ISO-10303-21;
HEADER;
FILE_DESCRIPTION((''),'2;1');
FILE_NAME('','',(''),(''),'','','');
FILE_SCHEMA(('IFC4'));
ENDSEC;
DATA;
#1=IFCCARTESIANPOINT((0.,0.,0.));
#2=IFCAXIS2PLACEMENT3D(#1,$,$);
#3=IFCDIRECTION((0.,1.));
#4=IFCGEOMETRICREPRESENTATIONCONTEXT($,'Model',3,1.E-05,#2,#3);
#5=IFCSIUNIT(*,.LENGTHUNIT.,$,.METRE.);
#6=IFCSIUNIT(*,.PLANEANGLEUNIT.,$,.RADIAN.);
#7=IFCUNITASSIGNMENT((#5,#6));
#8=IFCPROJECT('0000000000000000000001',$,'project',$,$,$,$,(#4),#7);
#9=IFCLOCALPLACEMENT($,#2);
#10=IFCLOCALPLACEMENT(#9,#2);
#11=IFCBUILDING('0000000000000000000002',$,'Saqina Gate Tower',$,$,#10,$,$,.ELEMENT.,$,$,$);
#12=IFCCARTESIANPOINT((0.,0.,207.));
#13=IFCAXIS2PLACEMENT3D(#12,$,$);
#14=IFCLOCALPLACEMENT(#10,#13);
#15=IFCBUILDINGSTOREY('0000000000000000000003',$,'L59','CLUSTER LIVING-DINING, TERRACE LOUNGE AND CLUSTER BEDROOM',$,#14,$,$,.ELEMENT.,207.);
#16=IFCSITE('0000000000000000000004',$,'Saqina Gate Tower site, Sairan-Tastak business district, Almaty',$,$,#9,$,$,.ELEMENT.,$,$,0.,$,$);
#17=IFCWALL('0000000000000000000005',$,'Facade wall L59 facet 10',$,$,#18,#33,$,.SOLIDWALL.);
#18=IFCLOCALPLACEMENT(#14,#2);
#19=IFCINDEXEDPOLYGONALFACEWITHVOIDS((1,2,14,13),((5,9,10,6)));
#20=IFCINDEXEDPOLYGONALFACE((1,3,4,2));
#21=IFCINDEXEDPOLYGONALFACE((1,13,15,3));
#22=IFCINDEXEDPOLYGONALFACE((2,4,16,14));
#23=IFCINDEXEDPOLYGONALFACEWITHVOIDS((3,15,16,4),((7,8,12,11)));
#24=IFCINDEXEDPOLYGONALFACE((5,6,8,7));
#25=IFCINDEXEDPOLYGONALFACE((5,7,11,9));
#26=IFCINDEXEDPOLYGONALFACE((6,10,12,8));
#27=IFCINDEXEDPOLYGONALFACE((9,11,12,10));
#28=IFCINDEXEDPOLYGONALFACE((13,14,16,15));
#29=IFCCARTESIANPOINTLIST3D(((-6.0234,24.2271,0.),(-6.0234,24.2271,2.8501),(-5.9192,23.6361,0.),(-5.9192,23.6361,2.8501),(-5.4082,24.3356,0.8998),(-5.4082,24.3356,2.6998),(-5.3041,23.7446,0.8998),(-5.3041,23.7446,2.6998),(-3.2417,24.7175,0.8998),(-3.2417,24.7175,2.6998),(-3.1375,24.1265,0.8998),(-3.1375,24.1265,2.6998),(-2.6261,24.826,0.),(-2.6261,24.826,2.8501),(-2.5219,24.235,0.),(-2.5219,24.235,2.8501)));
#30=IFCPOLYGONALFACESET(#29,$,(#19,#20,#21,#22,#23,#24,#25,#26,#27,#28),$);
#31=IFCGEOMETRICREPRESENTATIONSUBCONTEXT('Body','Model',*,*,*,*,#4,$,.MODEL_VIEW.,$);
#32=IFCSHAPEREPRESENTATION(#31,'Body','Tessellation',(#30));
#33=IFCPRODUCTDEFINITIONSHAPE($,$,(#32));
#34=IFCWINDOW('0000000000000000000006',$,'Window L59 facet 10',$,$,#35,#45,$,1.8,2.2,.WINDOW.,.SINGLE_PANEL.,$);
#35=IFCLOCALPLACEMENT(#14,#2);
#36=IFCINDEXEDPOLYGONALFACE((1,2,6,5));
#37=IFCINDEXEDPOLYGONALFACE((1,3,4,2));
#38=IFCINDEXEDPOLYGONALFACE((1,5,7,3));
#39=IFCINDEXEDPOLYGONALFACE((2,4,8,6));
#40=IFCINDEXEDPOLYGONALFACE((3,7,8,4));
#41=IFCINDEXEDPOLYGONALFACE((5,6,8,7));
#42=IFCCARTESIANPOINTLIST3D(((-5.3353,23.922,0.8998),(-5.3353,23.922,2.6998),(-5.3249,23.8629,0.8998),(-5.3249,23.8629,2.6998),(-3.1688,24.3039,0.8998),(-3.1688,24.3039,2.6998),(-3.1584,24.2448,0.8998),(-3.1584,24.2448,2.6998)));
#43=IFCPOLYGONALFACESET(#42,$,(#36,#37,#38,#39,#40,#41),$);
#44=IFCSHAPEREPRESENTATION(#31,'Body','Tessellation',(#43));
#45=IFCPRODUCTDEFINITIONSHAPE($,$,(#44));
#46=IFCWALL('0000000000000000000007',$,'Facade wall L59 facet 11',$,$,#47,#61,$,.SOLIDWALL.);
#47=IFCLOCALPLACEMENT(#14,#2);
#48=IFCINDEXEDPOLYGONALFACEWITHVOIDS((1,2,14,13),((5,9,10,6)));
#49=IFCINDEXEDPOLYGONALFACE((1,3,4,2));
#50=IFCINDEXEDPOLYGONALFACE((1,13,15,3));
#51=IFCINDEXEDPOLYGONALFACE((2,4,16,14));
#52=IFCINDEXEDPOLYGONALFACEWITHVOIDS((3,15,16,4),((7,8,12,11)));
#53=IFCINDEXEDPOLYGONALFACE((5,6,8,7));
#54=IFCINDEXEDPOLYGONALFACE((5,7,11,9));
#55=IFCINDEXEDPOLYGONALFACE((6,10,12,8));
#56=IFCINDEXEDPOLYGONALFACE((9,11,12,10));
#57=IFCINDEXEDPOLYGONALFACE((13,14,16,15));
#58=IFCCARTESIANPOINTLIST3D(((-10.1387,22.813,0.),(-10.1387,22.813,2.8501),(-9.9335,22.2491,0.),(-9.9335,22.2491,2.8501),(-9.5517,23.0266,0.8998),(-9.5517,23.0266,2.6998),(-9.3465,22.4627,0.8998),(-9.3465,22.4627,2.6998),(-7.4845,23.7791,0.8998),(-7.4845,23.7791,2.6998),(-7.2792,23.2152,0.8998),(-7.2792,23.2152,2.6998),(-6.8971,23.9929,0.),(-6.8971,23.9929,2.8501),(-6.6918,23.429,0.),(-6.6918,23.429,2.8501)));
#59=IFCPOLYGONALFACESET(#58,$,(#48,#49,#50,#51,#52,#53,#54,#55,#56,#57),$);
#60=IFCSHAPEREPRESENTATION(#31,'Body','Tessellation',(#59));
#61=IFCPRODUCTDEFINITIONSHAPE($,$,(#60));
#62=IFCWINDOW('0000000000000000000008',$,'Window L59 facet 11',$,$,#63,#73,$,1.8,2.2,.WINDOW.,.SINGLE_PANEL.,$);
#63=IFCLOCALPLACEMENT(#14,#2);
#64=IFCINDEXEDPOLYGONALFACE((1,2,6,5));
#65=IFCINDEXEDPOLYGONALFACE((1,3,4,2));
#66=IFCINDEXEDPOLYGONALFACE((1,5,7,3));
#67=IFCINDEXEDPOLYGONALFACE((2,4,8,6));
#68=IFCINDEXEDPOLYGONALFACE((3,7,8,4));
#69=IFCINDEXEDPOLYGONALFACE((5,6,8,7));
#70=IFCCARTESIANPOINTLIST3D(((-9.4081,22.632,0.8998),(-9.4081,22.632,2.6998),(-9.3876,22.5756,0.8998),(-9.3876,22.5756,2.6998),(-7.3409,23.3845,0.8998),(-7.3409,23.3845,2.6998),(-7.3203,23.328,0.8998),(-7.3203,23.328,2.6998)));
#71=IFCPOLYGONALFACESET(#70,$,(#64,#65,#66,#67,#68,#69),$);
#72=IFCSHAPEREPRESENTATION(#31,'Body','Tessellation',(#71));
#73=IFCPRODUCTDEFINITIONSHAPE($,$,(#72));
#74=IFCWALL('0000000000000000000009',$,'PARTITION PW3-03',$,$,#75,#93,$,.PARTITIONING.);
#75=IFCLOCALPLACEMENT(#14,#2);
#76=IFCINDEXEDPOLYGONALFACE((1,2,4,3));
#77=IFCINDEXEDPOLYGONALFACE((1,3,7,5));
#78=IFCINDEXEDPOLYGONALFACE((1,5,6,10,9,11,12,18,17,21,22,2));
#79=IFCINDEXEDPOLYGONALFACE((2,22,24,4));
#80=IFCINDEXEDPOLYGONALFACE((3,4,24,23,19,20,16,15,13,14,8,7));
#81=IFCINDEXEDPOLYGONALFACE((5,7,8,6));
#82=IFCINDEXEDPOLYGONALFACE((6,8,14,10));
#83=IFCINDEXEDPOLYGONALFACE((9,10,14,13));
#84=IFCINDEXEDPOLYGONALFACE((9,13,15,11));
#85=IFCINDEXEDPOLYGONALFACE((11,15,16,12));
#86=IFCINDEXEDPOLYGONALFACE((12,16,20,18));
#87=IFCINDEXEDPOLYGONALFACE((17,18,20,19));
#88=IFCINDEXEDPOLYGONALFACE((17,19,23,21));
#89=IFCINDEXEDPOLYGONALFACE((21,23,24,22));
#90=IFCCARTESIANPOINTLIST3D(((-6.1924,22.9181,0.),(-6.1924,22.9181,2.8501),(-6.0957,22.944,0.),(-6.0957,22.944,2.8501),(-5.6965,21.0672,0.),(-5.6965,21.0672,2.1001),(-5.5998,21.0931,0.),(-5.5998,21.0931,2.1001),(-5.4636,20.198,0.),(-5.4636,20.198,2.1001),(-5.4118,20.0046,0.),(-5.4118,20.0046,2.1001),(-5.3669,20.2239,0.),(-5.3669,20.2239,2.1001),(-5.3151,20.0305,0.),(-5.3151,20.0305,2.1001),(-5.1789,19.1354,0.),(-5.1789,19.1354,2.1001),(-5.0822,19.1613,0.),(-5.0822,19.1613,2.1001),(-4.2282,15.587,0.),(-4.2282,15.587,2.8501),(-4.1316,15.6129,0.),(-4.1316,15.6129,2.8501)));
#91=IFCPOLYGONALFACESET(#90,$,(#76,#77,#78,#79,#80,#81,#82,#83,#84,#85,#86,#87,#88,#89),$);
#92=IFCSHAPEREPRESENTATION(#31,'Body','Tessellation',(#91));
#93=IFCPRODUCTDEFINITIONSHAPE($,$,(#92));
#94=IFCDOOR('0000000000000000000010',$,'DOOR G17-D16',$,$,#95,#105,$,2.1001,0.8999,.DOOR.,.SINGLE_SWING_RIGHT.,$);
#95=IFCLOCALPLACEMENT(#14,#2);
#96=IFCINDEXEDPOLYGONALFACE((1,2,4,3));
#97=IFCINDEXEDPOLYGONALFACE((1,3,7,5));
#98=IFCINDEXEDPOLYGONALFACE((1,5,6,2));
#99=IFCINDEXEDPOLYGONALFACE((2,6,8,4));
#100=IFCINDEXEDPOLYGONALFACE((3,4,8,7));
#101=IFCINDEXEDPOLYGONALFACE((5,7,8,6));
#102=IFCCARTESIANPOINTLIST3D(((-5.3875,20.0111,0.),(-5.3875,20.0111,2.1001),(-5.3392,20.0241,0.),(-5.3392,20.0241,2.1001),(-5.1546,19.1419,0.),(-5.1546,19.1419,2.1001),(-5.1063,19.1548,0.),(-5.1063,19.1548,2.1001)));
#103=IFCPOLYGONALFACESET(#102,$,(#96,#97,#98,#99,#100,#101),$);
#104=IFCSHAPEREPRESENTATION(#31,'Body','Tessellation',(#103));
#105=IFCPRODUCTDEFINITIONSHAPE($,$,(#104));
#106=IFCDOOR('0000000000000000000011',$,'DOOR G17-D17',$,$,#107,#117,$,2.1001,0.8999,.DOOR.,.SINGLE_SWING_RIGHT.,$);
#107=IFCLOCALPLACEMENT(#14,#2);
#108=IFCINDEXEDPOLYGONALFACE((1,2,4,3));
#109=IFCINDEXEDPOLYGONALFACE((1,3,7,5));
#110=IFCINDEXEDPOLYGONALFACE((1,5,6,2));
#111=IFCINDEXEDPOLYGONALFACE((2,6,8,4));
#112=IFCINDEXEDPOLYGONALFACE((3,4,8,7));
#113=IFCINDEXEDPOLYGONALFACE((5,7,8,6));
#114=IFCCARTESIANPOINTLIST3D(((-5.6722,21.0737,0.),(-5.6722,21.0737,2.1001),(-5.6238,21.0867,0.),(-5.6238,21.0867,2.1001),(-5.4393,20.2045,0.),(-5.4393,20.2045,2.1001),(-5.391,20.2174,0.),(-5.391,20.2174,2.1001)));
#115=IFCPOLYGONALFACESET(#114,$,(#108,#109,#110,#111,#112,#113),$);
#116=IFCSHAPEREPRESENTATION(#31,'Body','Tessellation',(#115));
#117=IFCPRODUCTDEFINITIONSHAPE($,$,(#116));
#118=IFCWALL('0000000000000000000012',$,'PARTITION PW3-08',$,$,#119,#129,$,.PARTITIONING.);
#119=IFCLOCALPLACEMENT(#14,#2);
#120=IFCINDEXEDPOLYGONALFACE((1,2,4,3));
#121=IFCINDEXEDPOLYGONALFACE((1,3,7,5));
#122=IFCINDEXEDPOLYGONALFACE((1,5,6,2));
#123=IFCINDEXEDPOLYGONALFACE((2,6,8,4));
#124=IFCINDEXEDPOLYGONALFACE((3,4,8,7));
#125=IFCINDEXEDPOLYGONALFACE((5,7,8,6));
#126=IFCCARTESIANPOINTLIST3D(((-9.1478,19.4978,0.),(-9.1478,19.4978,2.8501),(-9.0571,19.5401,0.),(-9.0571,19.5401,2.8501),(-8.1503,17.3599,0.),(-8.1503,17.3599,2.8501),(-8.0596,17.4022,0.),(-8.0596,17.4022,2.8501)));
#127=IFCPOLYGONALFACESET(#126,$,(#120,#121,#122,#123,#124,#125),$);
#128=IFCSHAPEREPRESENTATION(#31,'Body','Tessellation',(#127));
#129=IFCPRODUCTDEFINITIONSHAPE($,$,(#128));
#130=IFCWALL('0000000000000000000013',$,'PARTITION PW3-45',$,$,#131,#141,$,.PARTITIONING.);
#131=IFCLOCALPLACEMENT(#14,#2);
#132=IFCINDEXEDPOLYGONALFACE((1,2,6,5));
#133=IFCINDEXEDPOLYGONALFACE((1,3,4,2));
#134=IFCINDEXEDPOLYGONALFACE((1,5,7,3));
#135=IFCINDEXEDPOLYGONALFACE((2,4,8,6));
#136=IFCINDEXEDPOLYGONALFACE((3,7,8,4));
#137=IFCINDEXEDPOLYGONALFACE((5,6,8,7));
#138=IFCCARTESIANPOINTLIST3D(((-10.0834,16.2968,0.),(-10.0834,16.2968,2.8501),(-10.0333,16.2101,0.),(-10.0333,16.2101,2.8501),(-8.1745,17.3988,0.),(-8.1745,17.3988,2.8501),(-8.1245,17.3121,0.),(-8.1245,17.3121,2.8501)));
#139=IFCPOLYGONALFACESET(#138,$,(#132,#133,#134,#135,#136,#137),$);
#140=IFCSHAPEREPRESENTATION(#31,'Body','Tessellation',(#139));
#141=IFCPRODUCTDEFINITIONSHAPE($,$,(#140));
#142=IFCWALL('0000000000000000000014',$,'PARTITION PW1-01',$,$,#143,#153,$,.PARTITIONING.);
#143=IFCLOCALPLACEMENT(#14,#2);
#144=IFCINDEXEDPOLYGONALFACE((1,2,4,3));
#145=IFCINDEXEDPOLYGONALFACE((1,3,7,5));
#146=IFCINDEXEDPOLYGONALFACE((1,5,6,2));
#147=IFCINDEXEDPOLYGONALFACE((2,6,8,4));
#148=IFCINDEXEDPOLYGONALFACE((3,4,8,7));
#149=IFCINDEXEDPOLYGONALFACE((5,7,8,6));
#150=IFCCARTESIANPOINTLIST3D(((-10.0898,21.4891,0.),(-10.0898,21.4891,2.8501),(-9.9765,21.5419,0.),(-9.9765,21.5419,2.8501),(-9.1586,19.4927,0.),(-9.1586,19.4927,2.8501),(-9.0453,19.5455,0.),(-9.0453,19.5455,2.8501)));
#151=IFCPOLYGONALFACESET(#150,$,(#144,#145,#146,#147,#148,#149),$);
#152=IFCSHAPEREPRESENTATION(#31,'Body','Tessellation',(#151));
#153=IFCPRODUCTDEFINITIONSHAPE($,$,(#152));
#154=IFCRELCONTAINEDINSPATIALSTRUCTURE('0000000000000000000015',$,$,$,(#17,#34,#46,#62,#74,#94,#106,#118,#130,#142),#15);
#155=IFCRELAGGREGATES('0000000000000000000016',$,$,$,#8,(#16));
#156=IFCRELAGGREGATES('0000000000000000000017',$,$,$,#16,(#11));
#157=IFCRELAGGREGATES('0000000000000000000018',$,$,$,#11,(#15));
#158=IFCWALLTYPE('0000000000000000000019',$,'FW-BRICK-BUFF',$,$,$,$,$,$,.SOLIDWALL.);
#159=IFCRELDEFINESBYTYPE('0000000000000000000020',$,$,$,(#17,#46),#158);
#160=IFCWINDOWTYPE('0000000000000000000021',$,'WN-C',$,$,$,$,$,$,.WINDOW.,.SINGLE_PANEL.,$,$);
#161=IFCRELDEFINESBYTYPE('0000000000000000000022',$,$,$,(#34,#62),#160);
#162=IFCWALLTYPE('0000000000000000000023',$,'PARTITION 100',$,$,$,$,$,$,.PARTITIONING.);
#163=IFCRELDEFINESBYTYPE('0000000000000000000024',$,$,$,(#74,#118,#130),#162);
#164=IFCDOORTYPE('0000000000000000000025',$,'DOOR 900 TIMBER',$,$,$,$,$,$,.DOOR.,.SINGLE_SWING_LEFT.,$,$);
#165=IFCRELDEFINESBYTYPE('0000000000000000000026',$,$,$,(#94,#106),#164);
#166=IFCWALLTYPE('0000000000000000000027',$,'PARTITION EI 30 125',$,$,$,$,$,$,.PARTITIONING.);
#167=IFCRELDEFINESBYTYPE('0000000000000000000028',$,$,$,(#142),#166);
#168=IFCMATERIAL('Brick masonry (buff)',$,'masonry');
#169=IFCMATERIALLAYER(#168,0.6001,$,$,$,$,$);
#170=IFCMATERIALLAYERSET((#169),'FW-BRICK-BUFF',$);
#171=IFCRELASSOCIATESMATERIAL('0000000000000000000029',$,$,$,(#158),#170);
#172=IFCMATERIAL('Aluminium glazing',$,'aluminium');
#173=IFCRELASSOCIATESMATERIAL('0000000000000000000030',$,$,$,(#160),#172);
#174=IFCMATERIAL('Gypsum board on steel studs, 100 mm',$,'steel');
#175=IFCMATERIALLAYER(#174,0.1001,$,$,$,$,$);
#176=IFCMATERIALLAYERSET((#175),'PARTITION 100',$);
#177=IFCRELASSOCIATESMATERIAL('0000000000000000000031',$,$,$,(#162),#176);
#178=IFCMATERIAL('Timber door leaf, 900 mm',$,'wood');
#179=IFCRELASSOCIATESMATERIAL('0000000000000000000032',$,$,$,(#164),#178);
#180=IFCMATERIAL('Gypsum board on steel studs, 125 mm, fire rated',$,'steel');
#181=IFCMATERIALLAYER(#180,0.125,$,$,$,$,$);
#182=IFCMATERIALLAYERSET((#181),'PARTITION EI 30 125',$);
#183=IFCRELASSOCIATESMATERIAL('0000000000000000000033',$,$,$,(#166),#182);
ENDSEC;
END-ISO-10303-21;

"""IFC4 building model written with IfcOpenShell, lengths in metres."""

from ifc_helpers import new_model, si_unit, direction, frame, frame_2d, origin, place, context, subcontext, project, spatial, rectangle, extrude, material, layer, layer_set, type_object, element, fill, save


model = new_model("IFC4")

# Units and contexts
model_context = context("Model", 3, precision=1e-05, world=origin(), true_north=direction((0.0, 1.0)))
body_context = subcontext(model_context, "Body", "Model", "MODEL_VIEW")
ifc_project = project(units=[si_unit("LENGTHUNIT", "METRE"), si_unit("PLANEANGLEUNIT", "RADIAN")], contexts=[model_context])

# Site, building, storey
site_placement = place(None, origin())
site = spatial("IfcSite", under=ifc_project, at=site_placement, Name="Saqina Gate Tower site, Sairan-Tastak business district, Almaty", CompositionType="ELEMENT", RefElevation=0.0)
building_placement = place(site_placement, origin())
building = spatial("IfcBuilding", under=site, at=building_placement, Name="Saqina Gate Tower", CompositionType="ELEMENT")
storey_placement = place(building_placement, frame((0.0, 0.0, 207.0)))
storey = spatial("IfcBuildingStorey", under=building, at=storey_placement, Name="L59", Description="CLUSTER LIVING-DINING, TERRACE LOUNGE AND CLUSTER BEDROOM", CompositionType="ELEMENT", Elevation=207.0)

# Walls, openings, windows
ifc_material_1 = material(Name="Brick masonry (buff)", Category="masonry")
ifc_layer_1 = layer(ifc_material_1, 0.6001)
ifc_layer_set_1 = layer_set([ifc_layer_1], Name="FW-BRICK-BUFF")
wall_type_1 = type_object("IfcWallType", Name="FW-BRICK-BUFF", PredefinedType="SOLIDWALL", material=ifc_layer_set_1)
wall_1_placement = place(storey_placement, frame((-2.574, 24.5305, 0.0), z_axis=(0.0, 0.0, 1.0), x_axis=(-0.984815, -0.173608, 0.0)))
wall_1 = element("IfcWall", 1, at=wall_1_placement, inside=storey, type_object=wall_type_1, Name="Facade wall L59 facet 10", PredefinedType="SOLIDWALL", context=body_context, shape_type="SweptSolid", body=[
    extrude(rectangle(XDim=3.4497, YDim=0.6001, at=frame_2d((1.7249, 0.0))), origin(), (0.0, 0.0, 1.0), 2.8501),
])
opening_1_placement = place(wall_1_placement, frame((0.625, 0.0, 0.8999)))
opening_1 = element("IfcOpeningElement", 2, at=opening_1_placement, cuts=wall_1, PredefinedType="OPENING", context=body_context, shape_type="SweptSolid", body=[
    extrude(rectangle(XDim=2.2, YDim=1.8, at=frame_2d((1.1001, 0.8999))), frame((0.0, 0.312, 0.0), z_axis=(0.0, -1.0, 0.0), x_axis=(1.0, 0.0, 0.0)), (0.0, 0.0, 1.0), 0.624),
])
ifc_material_2 = material(Name="Aluminium glazing", Category="aluminium")
window_type = type_object("IfcWindowType", Name="WN-C", PartitioningType="SINGLE_PANEL", PredefinedType="WINDOW", material=ifc_material_2)
window_1_placement = place(opening_1_placement, origin())
window_1 = element("IfcWindow", 3, at=window_1_placement, inside=storey, type_object=window_type, Name="Window L59 facet 10", OverallHeight=1.8, OverallWidth=2.2, PartitioningType="SINGLE_PANEL", PredefinedType="WINDOW", context=body_context, shape_type="SweptSolid", body=[
    extrude(rectangle(XDim=2.2, YDim=1.8, at=frame_2d((1.1001, 0.8999))), frame((0.0, 0.1799, 0.0), z_axis=(0.0, -1.0, 0.0), x_axis=(1.0, 0.0, 0.0)), (0.0, 0.0, 1.0), 0.0601),
])
fill(opening_1, window_1)
wall_2_placement = place(storey_placement, frame((-6.7944, 23.7109, 0.0), z_axis=(0.0, 0.0, 1.0), x_axis=(-0.939688, -0.342033, 0.0)))
wall_2 = element("IfcWall", 4, at=wall_2_placement, inside=storey, type_object=wall_type_1, Name="Facade wall L59 facet 11", PredefinedType="SOLIDWALL", context=body_context, shape_type="SweptSolid", body=[
    extrude(rectangle(XDim=3.4497, YDim=0.6001, at=frame_2d((1.7249, 0.0))), origin(), (0.0, 0.0, 1.0), 2.8501),
])
opening_2_placement = place(wall_2_placement, frame((0.625, 0.0, 0.8999)))
opening_2 = element("IfcOpeningElement", 5, at=opening_2_placement, cuts=wall_2, PredefinedType="OPENING", context=body_context, shape_type="SweptSolid", body=[
    extrude(rectangle(XDim=2.2, YDim=1.8, at=frame_2d((1.1001, 0.8999))), frame((0.0, 0.312, 0.0), z_axis=(0.0, -1.0, 0.0), x_axis=(1.0, 0.0, 0.0)), (0.0, 0.0, 1.0), 0.624),
])
window_2_placement = place(opening_2_placement, origin())
window_2 = element("IfcWindow", 6, at=window_2_placement, inside=storey, type_object=window_type, Name="Window L59 facet 11", OverallHeight=1.8, OverallWidth=2.2, PartitioningType="SINGLE_PANEL", PredefinedType="WINDOW", context=body_context, shape_type="SweptSolid", body=[
    extrude(rectangle(XDim=2.2, YDim=1.8, at=frame_2d((1.1001, 0.8999))), frame((0.0, 0.1799, 0.0), z_axis=(0.0, -1.0, 0.0), x_axis=(1.0, 0.0, 0.0)), (0.0, 0.0, 1.0), 0.0601),
])
fill(opening_2, window_2)

# Wall, openings, doors
ifc_material_3 = material(Name="Gypsum board on steel studs, 100 mm", Category="steel")
ifc_layer_2 = layer(ifc_material_3, 0.1001)
ifc_layer_set_2 = layer_set([ifc_layer_2], Name="PARTITION 100")
wall_type_2 = type_object("IfcWallType", Name="PARTITION 100", PredefinedType="PARTITIONING", material=ifc_layer_set_2)
wall_3_placement = place(storey_placement, frame((-6.144, 22.9312, 0.0), z_axis=(0.0, 0.0, 1.0), x_axis=(0.25879, -0.965934, 0.0)))
wall_3 = element("IfcWall", 7, at=wall_3_placement, inside=storey, type_object=wall_type_2, Name="PARTITION PW3-03", PredefinedType="PARTITIONING", context=body_context, shape_type="SweptSolid", body=[
    extrude(rectangle(XDim=7.5896, YDim=0.1001, at=frame_2d((3.7949, 0.0))), origin(), (0.0, 0.0, 1.0), 2.8501),
])
opening_3_placement = place(wall_3_placement, frame((3.0164, 0.0, 0.0)))
opening_3 = element("IfcOpeningElement", 8, at=opening_3_placement, cuts=wall_3, PredefinedType="OPENING", context=body_context, shape_type="SweptSolid", body=[
    extrude(rectangle(XDim=0.8999, YDim=2.1001, at=frame_2d((0.45, 1.05))), frame((0.0, 0.062, 0.0), z_axis=(0.0, -1.0, 0.0), x_axis=(1.0, 0.0, 0.0)), (0.0, 0.0, 1.0), 0.124),
])
opening_4_placement = place(wall_3_placement, frame((1.9163, 0.0, 0.0)))
opening_4 = element("IfcOpeningElement", 9, at=opening_4_placement, cuts=wall_3, PredefinedType="OPENING", context=body_context, shape_type="SweptSolid", body=[
    extrude(rectangle(XDim=0.8999, YDim=2.1001, at=frame_2d((0.45, 1.05))), frame((0.0, 0.062, 0.0), z_axis=(0.0, -1.0, 0.0), x_axis=(1.0, 0.0, 0.0)), (0.0, 0.0, 1.0), 0.124),
])
ifc_material_4 = material(Name="Timber door leaf, 900 mm", Category="wood")
door_type_1 = type_object("IfcDoorType", Name="DOOR 900 TIMBER", OperationType="SINGLE_SWING_LEFT", PredefinedType="DOOR", material=ifc_material_4)
door_1_placement = place(opening_3_placement, frame((0.8999, 0.0, 0.0), z_axis=(0.0, 0.0, 1.0), x_axis=(-1.0, 0.0, 0.0)))
door_1 = element("IfcDoor", 10, at=door_1_placement, inside=storey, type_object=door_type_1, Name="DOOR G17-D16", OperationType="SINGLE_SWING_RIGHT", OverallHeight=2.1001, OverallWidth=0.8999, PredefinedType="DOOR", context=body_context, shape_type="SweptSolid", body=[
    extrude(rectangle(XDim=0.8999, YDim=2.1001, at=frame_2d((0.45, 1.05))), frame((0.0, 0.0249, 0.0), z_axis=(0.0, -1.0, 0.0), x_axis=(1.0, 0.0, 0.0)), (0.0, 0.0, 1.0), 0.05),
])
fill(opening_3, door_1)
door_2_placement = place(opening_4_placement, frame((0.8999, 0.0, 0.0), z_axis=(0.0, 0.0, 1.0), x_axis=(-1.0, 0.0, 0.0)))
door_2 = element("IfcDoor", 11, at=door_2_placement, inside=storey, type_object=door_type_1, Name="DOOR G17-D17", OperationType="SINGLE_SWING_RIGHT", OverallHeight=2.1001, OverallWidth=0.8999, PredefinedType="DOOR", context=body_context, shape_type="SweptSolid", body=[
    extrude(rectangle(XDim=0.8999, YDim=2.1001, at=frame_2d((0.45, 1.05))), frame((0.0, 0.0249, 0.0), z_axis=(0.0, -1.0, 0.0), x_axis=(1.0, 0.0, 0.0)), (0.0, 0.0, 1.0), 0.05),
])
fill(opening_4, door_2)

# Walls
wall_4_placement = place(storey_placement, frame((-9.1025, 19.519, 0.0), z_axis=(0.0, 0.0, 1.0), x_axis=(0.422834, -0.906207, 0.0)))
element("IfcWall", 12, at=wall_4_placement, inside=storey, type_object=wall_type_2, Name="PARTITION PW3-08", PredefinedType="PARTITIONING", context=body_context, shape_type="SweptSolid", body=[
    extrude(rectangle(XDim=2.3591, YDim=0.1001, at=frame_2d((1.1797, 0.0))), origin(), (0.0, 0.0, 1.0), 2.8501),
])
wall_5_placement = place(storey_placement, frame((-10.0583, 16.2534, 0.0), z_axis=(0.0, 0.0, 1.0), x_axis=(0.86604, 0.499975, 0.0)))
element("IfcWall", 13, at=wall_5_placement, inside=storey, type_object=wall_type_2, Name="PARTITION PW3-45", PredefinedType="PARTITIONING", context=body_context, shape_type="SweptSolid", body=[
    extrude(rectangle(XDim=2.2041, YDim=0.1001, at=frame_2d((1.1021, 0.0))), origin(), (0.0, 0.0, 1.0), 2.8501),
])
ifc_material_5 = material(Name="Gypsum board on steel studs, 125 mm, fire rated", Category="steel")
ifc_layer_3 = layer(ifc_material_5, 0.125)
ifc_layer_set_3 = layer_set([ifc_layer_3], Name="PARTITION EI 30 125")
wall_type_3 = type_object("IfcWallType", Name="PARTITION EI 30 125", PredefinedType="PARTITIONING", material=ifc_layer_set_3)
wall_6_placement = place(storey_placement, frame((-10.0332, 21.5156, 0.0), z_axis=(0.0, 0.0, 1.0), x_axis=(0.42271, -0.906265, 0.0)))
element("IfcWall", 14, at=wall_6_placement, inside=storey, type_object=wall_type_3, Name="PARTITION PW1-01", PredefinedType="PARTITIONING", context=body_context, shape_type="SweptSolid", body=[
    extrude(rectangle(XDim=2.2029, YDim=0.125, at=frame_2d((1.1016, 0.0))), origin(), (0.0, 0.0, 1.0), 2.8501),
])

save(model, "model.ifc")
